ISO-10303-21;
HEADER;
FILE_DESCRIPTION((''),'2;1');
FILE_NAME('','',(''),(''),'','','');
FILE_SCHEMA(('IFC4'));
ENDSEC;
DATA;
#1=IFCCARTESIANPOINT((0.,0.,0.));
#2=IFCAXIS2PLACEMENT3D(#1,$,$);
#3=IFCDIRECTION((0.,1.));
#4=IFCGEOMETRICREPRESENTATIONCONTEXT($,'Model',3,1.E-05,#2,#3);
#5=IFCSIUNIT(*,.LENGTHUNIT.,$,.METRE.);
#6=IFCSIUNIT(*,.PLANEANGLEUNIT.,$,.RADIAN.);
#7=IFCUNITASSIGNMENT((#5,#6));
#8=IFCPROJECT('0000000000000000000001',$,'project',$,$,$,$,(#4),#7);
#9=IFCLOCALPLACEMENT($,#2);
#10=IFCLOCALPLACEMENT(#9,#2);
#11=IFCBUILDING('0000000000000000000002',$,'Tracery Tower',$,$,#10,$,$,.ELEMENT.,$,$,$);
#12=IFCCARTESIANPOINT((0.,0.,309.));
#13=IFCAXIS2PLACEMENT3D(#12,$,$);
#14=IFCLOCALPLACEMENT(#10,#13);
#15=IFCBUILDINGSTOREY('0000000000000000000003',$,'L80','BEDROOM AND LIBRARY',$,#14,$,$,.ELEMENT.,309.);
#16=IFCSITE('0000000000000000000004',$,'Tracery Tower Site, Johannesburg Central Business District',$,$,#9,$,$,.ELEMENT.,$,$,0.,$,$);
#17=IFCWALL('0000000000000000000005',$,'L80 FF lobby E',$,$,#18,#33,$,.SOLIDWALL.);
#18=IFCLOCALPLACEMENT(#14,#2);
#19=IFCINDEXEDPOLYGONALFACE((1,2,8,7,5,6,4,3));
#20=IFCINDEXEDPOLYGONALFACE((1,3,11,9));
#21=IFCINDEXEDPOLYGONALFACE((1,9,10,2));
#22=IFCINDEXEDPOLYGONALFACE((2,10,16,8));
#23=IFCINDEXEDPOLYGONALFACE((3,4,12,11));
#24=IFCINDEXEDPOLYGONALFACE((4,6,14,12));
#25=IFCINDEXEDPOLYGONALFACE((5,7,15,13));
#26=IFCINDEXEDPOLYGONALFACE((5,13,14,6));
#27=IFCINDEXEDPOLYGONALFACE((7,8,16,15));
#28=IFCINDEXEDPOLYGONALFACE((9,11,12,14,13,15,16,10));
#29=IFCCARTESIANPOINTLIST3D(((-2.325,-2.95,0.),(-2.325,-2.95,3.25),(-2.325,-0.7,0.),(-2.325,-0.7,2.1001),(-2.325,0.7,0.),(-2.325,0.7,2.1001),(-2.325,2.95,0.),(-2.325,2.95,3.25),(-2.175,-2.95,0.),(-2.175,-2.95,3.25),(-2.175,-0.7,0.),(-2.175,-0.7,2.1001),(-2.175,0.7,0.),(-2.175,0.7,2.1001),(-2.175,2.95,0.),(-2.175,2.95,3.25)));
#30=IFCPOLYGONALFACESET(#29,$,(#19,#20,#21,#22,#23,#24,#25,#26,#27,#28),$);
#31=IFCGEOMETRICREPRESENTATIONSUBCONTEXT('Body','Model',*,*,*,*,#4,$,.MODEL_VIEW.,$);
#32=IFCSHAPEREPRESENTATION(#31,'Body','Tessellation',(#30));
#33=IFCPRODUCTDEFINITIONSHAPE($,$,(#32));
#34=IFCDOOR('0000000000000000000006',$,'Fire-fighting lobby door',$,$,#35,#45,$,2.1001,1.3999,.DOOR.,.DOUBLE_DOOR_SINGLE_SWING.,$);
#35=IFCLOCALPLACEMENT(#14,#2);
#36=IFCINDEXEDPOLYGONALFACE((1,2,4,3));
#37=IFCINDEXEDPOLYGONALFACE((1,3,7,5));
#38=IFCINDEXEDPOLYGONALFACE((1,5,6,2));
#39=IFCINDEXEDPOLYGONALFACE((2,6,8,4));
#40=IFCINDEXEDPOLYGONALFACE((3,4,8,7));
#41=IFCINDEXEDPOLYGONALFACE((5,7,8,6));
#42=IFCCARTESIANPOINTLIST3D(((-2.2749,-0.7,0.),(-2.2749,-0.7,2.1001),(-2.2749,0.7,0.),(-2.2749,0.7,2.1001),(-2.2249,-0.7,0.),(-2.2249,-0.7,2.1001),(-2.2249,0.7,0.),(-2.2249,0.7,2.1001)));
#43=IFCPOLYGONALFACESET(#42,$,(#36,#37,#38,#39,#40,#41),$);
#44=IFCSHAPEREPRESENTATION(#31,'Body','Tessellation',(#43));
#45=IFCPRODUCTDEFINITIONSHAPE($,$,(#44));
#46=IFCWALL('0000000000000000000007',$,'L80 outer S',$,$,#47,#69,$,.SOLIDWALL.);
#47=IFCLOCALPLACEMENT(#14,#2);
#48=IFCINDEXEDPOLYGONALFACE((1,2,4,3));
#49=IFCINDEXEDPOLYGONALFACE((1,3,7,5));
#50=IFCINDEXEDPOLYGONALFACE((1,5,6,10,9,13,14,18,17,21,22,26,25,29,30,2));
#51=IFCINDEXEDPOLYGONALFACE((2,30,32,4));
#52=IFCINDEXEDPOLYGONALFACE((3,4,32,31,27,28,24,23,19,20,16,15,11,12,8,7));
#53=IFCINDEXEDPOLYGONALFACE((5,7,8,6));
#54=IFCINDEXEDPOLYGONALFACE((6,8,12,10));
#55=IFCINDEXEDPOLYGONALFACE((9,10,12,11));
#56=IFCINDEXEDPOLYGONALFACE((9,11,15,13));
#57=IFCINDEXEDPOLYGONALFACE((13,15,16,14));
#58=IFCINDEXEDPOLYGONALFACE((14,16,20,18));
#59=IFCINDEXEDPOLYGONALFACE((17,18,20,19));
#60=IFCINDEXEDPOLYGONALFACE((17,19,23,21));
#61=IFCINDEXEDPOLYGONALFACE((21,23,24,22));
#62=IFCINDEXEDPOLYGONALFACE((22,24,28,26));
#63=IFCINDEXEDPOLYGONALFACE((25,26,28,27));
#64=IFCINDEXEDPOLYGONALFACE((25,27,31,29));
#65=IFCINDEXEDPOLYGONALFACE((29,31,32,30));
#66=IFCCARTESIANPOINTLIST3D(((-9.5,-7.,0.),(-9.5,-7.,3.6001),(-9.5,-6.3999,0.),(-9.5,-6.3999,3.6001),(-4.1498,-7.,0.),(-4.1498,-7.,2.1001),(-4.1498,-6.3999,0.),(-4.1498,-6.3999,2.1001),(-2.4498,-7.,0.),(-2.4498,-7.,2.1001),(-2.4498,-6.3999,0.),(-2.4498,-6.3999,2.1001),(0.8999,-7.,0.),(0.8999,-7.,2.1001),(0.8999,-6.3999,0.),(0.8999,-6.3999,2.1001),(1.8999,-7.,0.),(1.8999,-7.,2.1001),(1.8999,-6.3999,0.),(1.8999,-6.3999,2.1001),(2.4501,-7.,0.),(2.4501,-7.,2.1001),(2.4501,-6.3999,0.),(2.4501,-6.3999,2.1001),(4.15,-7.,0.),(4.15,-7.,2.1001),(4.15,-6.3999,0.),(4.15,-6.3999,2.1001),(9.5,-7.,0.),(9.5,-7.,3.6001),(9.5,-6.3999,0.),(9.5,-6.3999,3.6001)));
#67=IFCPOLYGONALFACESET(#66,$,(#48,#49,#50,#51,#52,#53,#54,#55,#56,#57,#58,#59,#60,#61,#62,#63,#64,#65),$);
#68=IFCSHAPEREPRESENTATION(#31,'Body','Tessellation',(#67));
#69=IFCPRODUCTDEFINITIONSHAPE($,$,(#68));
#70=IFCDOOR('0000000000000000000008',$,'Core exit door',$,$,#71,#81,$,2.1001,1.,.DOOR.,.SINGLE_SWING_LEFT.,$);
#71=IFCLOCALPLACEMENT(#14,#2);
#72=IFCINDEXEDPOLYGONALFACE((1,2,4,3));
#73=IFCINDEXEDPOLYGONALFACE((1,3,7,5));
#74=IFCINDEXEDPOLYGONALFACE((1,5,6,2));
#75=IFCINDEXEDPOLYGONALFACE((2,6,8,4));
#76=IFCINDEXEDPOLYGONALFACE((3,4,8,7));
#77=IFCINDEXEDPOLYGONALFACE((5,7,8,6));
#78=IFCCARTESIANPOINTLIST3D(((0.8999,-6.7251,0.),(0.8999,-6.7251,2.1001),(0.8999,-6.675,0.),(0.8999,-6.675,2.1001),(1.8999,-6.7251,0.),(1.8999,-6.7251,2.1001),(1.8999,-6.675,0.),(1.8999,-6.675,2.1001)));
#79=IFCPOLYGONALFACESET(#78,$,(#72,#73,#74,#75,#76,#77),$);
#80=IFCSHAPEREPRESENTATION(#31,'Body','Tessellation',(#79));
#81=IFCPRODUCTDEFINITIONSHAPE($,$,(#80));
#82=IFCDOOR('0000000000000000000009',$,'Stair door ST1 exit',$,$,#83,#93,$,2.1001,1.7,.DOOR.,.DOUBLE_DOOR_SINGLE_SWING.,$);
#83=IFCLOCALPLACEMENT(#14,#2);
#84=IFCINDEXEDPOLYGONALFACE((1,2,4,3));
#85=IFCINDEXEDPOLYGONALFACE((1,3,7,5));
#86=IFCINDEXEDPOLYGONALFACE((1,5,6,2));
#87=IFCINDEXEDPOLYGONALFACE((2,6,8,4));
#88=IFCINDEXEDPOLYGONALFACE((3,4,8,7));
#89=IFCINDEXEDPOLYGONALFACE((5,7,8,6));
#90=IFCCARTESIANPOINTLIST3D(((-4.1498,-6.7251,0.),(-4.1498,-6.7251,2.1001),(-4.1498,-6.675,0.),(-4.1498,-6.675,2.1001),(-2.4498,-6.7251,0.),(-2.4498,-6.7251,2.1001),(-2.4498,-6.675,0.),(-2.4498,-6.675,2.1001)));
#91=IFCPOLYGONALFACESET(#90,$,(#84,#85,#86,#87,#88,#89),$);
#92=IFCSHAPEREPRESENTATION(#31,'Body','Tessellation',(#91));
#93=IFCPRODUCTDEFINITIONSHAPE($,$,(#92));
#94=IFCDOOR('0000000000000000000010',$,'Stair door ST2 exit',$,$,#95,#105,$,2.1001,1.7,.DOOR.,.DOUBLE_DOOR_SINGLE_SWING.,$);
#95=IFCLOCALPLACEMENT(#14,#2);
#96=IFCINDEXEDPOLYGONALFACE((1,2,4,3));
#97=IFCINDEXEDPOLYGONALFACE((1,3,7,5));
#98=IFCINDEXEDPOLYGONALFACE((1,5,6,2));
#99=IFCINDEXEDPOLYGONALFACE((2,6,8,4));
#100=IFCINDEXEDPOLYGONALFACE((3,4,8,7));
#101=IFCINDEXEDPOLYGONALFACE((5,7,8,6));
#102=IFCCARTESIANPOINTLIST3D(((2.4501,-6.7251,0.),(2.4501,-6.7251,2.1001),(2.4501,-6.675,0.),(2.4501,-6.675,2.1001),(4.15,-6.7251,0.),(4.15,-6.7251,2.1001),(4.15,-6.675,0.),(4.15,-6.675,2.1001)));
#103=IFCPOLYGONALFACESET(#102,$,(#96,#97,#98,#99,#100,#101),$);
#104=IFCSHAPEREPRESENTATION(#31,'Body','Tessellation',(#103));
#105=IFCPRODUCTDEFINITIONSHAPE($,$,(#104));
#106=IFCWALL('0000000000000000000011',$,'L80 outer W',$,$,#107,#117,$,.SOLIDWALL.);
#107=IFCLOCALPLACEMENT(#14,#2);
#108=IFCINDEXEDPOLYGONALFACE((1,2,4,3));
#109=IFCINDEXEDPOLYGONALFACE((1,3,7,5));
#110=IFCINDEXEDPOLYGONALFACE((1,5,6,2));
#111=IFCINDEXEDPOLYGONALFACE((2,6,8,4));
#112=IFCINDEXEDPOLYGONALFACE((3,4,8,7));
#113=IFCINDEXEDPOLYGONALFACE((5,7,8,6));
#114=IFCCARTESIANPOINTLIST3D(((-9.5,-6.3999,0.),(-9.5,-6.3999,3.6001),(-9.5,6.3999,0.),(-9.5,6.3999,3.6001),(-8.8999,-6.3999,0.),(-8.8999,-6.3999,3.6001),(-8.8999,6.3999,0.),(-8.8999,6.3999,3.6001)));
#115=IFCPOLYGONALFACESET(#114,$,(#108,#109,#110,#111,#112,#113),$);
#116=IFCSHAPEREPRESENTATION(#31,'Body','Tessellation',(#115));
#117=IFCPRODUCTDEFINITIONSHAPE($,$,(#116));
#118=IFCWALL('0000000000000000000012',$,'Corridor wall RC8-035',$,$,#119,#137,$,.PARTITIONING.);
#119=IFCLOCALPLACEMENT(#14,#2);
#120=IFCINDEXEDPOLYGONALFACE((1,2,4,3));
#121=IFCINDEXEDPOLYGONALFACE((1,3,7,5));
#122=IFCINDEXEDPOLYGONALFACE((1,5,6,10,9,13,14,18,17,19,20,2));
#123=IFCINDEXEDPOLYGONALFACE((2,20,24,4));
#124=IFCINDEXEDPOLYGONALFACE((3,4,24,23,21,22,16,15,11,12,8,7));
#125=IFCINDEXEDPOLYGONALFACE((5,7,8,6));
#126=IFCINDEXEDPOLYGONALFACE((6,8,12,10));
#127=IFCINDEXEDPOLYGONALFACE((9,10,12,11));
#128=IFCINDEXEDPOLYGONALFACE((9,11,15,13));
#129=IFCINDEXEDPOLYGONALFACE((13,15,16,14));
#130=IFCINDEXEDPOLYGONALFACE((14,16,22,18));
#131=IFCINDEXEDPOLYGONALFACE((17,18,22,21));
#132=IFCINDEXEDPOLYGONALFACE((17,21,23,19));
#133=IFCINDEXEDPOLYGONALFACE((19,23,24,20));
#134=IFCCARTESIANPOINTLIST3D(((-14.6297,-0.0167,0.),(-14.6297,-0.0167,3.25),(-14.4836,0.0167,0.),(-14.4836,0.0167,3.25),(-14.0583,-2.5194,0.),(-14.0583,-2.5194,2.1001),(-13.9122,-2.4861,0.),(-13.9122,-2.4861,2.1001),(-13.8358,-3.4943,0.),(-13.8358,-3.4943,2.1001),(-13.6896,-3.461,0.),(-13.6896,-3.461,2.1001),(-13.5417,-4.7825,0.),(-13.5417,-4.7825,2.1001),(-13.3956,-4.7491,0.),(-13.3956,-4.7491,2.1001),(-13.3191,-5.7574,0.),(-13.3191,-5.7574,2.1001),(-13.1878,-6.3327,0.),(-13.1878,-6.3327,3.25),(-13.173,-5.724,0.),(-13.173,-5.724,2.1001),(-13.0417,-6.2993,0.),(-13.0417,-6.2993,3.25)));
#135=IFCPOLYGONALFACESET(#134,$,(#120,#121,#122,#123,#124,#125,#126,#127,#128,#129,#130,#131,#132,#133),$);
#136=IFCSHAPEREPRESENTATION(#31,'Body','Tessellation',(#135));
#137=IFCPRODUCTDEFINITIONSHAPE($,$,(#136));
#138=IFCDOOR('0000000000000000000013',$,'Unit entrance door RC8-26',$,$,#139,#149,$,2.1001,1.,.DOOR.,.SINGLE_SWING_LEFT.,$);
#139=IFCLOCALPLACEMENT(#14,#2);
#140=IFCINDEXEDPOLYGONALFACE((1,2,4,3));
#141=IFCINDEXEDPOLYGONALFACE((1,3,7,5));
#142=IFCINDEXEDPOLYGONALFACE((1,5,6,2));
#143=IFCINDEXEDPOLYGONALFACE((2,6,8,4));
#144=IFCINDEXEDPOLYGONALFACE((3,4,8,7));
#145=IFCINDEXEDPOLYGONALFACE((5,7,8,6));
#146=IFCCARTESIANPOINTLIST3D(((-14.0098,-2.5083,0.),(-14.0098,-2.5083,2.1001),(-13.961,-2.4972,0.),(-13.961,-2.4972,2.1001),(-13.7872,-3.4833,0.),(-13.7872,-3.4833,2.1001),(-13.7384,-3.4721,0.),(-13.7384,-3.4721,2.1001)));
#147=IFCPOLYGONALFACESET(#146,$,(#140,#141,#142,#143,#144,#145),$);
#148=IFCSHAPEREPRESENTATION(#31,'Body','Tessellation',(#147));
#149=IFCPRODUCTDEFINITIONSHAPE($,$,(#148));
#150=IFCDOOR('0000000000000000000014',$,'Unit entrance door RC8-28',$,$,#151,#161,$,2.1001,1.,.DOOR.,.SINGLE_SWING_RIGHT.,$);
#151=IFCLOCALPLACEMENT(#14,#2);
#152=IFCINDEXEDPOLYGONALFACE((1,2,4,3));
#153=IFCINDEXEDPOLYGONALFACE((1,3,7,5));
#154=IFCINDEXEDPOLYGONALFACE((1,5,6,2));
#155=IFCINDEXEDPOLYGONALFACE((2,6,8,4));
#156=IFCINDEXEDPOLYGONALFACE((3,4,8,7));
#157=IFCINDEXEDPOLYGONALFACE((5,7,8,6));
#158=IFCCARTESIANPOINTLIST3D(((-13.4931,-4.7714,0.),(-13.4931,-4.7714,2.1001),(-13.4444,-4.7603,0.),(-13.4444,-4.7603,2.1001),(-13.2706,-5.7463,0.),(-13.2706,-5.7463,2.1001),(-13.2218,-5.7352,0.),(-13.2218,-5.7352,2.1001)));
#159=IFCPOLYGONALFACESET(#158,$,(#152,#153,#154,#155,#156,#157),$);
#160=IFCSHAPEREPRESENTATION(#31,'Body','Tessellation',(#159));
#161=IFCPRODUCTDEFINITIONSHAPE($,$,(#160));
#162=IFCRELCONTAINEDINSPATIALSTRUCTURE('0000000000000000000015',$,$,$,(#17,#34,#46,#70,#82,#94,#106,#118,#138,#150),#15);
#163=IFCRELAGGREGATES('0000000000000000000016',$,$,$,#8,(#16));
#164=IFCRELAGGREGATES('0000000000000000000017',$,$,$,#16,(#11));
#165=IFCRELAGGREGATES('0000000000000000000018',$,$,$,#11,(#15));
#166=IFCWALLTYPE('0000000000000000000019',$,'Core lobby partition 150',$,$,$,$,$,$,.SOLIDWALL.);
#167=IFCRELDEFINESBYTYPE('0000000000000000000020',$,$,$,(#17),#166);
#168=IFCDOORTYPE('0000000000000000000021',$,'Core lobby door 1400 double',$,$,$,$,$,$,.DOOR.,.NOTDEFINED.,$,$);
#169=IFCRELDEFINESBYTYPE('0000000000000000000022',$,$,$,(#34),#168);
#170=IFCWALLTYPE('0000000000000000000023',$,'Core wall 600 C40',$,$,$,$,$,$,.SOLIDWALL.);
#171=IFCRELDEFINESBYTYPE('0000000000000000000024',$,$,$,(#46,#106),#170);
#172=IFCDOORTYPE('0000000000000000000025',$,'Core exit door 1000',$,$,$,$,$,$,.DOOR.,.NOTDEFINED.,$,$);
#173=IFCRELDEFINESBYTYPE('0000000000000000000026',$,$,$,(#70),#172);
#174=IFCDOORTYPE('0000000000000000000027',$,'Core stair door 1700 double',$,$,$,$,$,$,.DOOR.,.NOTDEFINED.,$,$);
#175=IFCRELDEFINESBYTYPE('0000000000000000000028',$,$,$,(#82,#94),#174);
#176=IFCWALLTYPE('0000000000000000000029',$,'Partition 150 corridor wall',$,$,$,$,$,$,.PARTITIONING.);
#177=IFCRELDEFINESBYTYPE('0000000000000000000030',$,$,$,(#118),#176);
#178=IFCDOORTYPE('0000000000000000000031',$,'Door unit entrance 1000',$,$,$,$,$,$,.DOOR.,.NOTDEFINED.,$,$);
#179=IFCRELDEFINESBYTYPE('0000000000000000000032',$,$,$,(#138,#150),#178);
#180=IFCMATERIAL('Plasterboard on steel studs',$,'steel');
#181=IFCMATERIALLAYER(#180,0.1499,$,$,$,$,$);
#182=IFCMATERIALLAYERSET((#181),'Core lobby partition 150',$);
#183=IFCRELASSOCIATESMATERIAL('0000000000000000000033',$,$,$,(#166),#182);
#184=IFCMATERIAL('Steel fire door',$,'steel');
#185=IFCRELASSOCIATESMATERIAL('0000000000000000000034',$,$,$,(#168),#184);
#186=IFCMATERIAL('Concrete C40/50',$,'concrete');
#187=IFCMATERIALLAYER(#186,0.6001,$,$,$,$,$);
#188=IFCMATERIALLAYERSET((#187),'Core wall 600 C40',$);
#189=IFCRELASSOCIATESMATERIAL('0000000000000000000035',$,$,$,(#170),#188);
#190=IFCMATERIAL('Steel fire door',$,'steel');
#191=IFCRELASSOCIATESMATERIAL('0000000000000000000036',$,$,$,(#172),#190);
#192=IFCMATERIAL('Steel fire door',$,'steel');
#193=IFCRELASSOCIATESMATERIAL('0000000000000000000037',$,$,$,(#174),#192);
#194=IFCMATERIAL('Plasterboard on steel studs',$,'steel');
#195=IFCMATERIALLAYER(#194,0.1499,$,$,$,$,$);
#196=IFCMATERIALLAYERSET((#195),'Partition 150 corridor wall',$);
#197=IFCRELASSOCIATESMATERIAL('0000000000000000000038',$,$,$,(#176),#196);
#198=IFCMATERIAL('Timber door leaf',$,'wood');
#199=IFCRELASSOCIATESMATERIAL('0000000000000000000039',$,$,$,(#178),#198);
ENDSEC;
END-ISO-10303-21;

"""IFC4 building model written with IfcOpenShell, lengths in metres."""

from ifc_helpers import new_model, si_unit, direction, frame, frame_2d, origin, place, context, subcontext, project, spatial, rectangle, extrude, material, layer, layer_set, type_object, element, fill, save


model = new_model("IFC4")

# Units and contexts
model_context = context("Model", 3, precision=1e-05, world=origin(), true_north=direction((0.0, 1.0)))
body_context = subcontext(model_context, "Body", "Model", "MODEL_VIEW")
ifc_project = project(units=[si_unit("LENGTHUNIT", "METRE"), si_unit("PLANEANGLEUNIT", "RADIAN")], contexts=[model_context])

# Site, building, storey
site_placement = place(None, origin())
site = spatial("IfcSite", under=ifc_project, at=site_placement, Name="Tracery Tower Site, Johannesburg Central Business District", CompositionType="ELEMENT", RefElevation=0.0)
building_placement = place(site_placement, origin())
building = spatial("IfcBuilding", under=site, at=building_placement, Name="Tracery Tower", CompositionType="ELEMENT")
storey_placement = place(building_placement, frame((0.0, 0.0, 309.0)))
storey = spatial("IfcBuildingStorey", under=building, at=storey_placement, Name="L80", Description="BEDROOM AND LIBRARY", CompositionType="ELEMENT", Elevation=309.0)

# Wall, opening, door
ifc_material_1 = material(Name="Plasterboard on steel studs", Category="steel")
ifc_layer_1 = layer(ifc_material_1, 0.1499)
ifc_layer_set_1 = layer_set([ifc_layer_1], Name="Core lobby partition 150")
wall_type_1 = type_object("IfcWallType", Name="Core lobby partition 150", PredefinedType="SOLIDWALL", material=ifc_layer_set_1)
wall_1_placement = place(storey_placement, frame((-2.25, -2.95, 0.0), z_axis=(0.0, 0.0, 1.0), x_axis=(0.0, 1.0, 0.0)))
wall_1 = element("IfcWall", 1, at=wall_1_placement, inside=storey, type_object=wall_type_1, Name="L80 FF lobby E", PredefinedType="SOLIDWALL", context=body_context, shape_type="SweptSolid", body=[
    extrude(rectangle(XDim=5.8999, YDim=0.1499, at=frame_2d((2.95, 0.0))), origin(), (0.0, 0.0, 1.0), 3.25),
])
opening_1_placement = place(wall_1_placement, frame((2.25, 0.0, 0.0)))
opening_1 = element("IfcOpeningElement", 2, at=opening_1_placement, cuts=wall_1, PredefinedType="OPENING", context=body_context, shape_type="SweptSolid", body=[
    extrude(rectangle(XDim=1.3999, YDim=2.1001, at=frame_2d((0.7, 1.05))), frame((0.0, 0.075, 0.0), z_axis=(0.0, -1.0, 0.0), x_axis=(1.0, 0.0, 0.0)), (0.0, 0.0, 1.0), 0.1499),
])
ifc_material_2 = material(Name="Steel fire door", Category="steel")
door_type_1 = type_object("IfcDoorType", Name="Core lobby door 1400 double", OperationType="NOTDEFINED", PredefinedType="DOOR", material=ifc_material_2)
door_1_placement = place(opening_1_placement, origin())
door_1 = element("IfcDoor", 3, at=door_1_placement, inside=storey, type_object=door_type_1, Name="Fire-fighting lobby door", OperationType="DOUBLE_DOOR_SINGLE_SWING", OverallHeight=2.1001, OverallWidth=1.3999, PredefinedType="DOOR", context=body_context, shape_type="SweptSolid", body=[
    extrude(rectangle(XDim=1.3999, YDim=2.1001, at=frame_2d((0.7, 1.05))), frame((0.0, 0.0249, 0.0), z_axis=(0.0, -1.0, 0.0), x_axis=(1.0, 0.0, 0.0)), (0.0, 0.0, 1.0), 0.05),
])
fill(opening_1, door_1)

# Wall, openings, doors
ifc_material_3 = material(Name="Concrete C40/50", Category="concrete")
ifc_layer_2 = layer(ifc_material_3, 0.6001)
ifc_layer_set_2 = layer_set([ifc_layer_2], Name="Core wall 600 C40")
wall_type_2 = type_object("IfcWallType", Name="Core wall 600 C40", PredefinedType="SOLIDWALL", material=ifc_layer_set_2)
wall_2_placement = place(storey_placement, frame((-9.5, -6.7, 0.0), z_axis=(0.0, 0.0, 1.0), x_axis=(1.0, 0.0, 0.0)))
wall_2 = element("IfcWall", 4, at=wall_2_placement, inside=storey, type_object=wall_type_2, Name="L80 outer S", PredefinedType="SOLIDWALL", context=body_context, shape_type="SweptSolid", body=[
    extrude(rectangle(XDim=19.0, YDim=0.6001, at=frame_2d((9.5, 0.0))), origin(), (0.0, 0.0, 1.0), 3.6001),
])
opening_2_placement = place(wall_2_placement, frame((10.3999, 0.0, 0.0)))
opening_2 = element("IfcOpeningElement", 5, at=opening_2_placement, cuts=wall_2, PredefinedType="OPENING", context=body_context, shape_type="SweptSolid", body=[
    extrude(rectangle(XDim=1.0, YDim=2.1001, at=frame_2d((0.5, 1.05))), frame((0.0, 0.3, 0.0), z_axis=(0.0, -1.0, 0.0), x_axis=(1.0, 0.0, 0.0)), (0.0, 0.0, 1.0), 0.6001),
])
opening_3_placement = place(wall_2_placement, frame((5.3501, 0.0, 0.0)))
opening_3 = element("IfcOpeningElement", 6, at=opening_3_placement, cuts=wall_2, PredefinedType="OPENING", context=body_context, shape_type="SweptSolid", body=[
    extrude(rectangle(XDim=1.7, YDim=2.1001, at=frame_2d((0.8501, 1.05))), frame((0.0, 0.3, 0.0), z_axis=(0.0, -1.0, 0.0), x_axis=(1.0, 0.0, 0.0)), (0.0, 0.0, 1.0), 0.6001),
])
opening_4_placement = place(wall_2_placement, frame((11.95, 0.0, 0.0)))
opening_4 = element("IfcOpeningElement", 7, at=opening_4_placement, cuts=wall_2, PredefinedType="OPENING", context=body_context, shape_type="SweptSolid", body=[
    extrude(rectangle(XDim=1.7, YDim=2.1001, at=frame_2d((0.8501, 1.05))), frame((0.0, 0.3, 0.0), z_axis=(0.0, -1.0, 0.0), x_axis=(1.0, 0.0, 0.0)), (0.0, 0.0, 1.0), 0.6001),
])
ifc_material_4 = material(Name="Steel fire door", Category="steel")
door_type_2 = type_object("IfcDoorType", Name="Core exit door 1000", OperationType="NOTDEFINED", PredefinedType="DOOR", material=ifc_material_4)
door_2_placement = place(opening_2_placement, origin())
door_2 = element("IfcDoor", 8, at=door_2_placement, inside=storey, type_object=door_type_2, Name="Core exit door", OperationType="SINGLE_SWING_LEFT", OverallHeight=2.1001, OverallWidth=1.0, PredefinedType="DOOR", context=body_context, shape_type="SweptSolid", body=[
    extrude(rectangle(XDim=1.0, YDim=2.1001, at=frame_2d((0.5, 1.05))), frame((0.0, 0.0249, 0.0), z_axis=(0.0, -1.0, 0.0), x_axis=(1.0, 0.0, 0.0)), (0.0, 0.0, 1.0), 0.05),
])
fill(opening_2, door_2)
ifc_material_5 = material(Name="Steel fire door", Category="steel")
door_type_3 = type_object("IfcDoorType", Name="Core stair door 1700 double", OperationType="NOTDEFINED", PredefinedType="DOOR", material=ifc_material_5)
door_3_placement = place(opening_3_placement, origin())
door_3 = element("IfcDoor", 9, at=door_3_placement, inside=storey, type_object=door_type_3, Name="Stair door ST1 exit", OperationType="DOUBLE_DOOR_SINGLE_SWING", OverallHeight=2.1001, OverallWidth=1.7, PredefinedType="DOOR", context=body_context, shape_type="SweptSolid", body=[
    extrude(rectangle(XDim=1.7, YDim=2.1001, at=frame_2d((0.8501, 1.05))), frame((0.0, 0.0249, 0.0), z_axis=(0.0, -1.0, 0.0), x_axis=(1.0, 0.0, 0.0)), (0.0, 0.0, 1.0), 0.05),
])
fill(opening_3, door_3)
door_4_placement = place(opening_4_placement, origin())
door_4 = element("IfcDoor", 10, at=door_4_placement, inside=storey, type_object=door_type_3, Name="Stair door ST2 exit", OperationType="DOUBLE_DOOR_SINGLE_SWING", OverallHeight=2.1001, OverallWidth=1.7, PredefinedType="DOOR", context=body_context, shape_type="SweptSolid", body=[
    extrude(rectangle(XDim=1.7, YDim=2.1001, at=frame_2d((0.8501, 1.05))), frame((0.0, 0.0249, 0.0), z_axis=(0.0, -1.0, 0.0), x_axis=(1.0, 0.0, 0.0)), (0.0, 0.0, 1.0), 0.05),
])
fill(opening_4, door_4)

# Wall
wall_3_placement = place(storey_placement, frame((-9.2, -6.3999, 0.0), z_axis=(0.0, 0.0, 1.0), x_axis=(0.0, 1.0, 0.0)))
element("IfcWall", 11, at=wall_3_placement, inside=storey, type_object=wall_type_2, Name="L80 outer W", PredefinedType="SOLIDWALL", context=body_context, shape_type="SweptSolid", body=[
    extrude(rectangle(XDim=12.7998, YDim=0.6001, at=frame_2d((6.3999, 0.0))), origin(), (0.0, 0.0, 1.0), 3.6001),
])

# Wall, openings, doors
ifc_material_6 = material(Name="Plasterboard on steel studs", Category="steel")
ifc_layer_3 = layer(ifc_material_6, 0.1499)
ifc_layer_set_3 = layer_set([ifc_layer_3], Name="Partition 150 corridor wall")
wall_type_3 = type_object("IfcWallType", Name="Partition 150 corridor wall", PredefinedType="PARTITIONING", material=ifc_layer_set_3)
wall_4_placement = place(storey_placement, frame((-14.5566, 0.0, 0.0), z_axis=(0.0, 0.0, 1.0), x_axis=(0.222569, -0.974917, 0.0)))
wall_4 = element("IfcWall", 12, at=wall_4_placement, inside=storey, type_object=wall_type_3, Name="Corridor wall RC8-035", PredefinedType="PARTITIONING", context=body_context, shape_type="SweptSolid", body=[
    extrude(rectangle(XDim=6.4785, YDim=0.1499, at=frame_2d((3.2393, 0.0))), origin(), (0.0, 0.0, 1.0), 3.25),
])
opening_5_placement = place(wall_4_placement, frame((2.5671, 0.0, 0.0)))
opening_5 = element("IfcOpeningElement", 13, at=opening_5_placement, cuts=wall_4, PredefinedType="OPENING", context=body_context, shape_type="SweptSolid", body=[
    extrude(rectangle(XDim=1.0, YDim=2.1001, at=frame_2d((0.5, 1.05))), frame((0.0, 0.075, 0.0), z_axis=(0.0, -1.0, 0.0), x_axis=(1.0, 0.0, 0.0)), (0.0, 0.0, 1.0), 0.1499),
])
opening_6_placement = place(wall_4_placement, frame((4.8884, 0.0, 0.0)))
opening_6 = element("IfcOpeningElement", 14, at=opening_6_placement, cuts=wall_4, PredefinedType="OPENING", context=body_context, shape_type="SweptSolid", body=[
    extrude(rectangle(XDim=1.0, YDim=2.1001, at=frame_2d((0.5, 1.05))), frame((0.0, 0.075, 0.0), z_axis=(0.0, -1.0, 0.0), x_axis=(1.0, 0.0, 0.0)), (0.0, 0.0, 1.0), 0.1499),
])
ifc_material_7 = material(Name="Timber door leaf", Category="wood")
door_type_4 = type_object("IfcDoorType", Name="Door unit entrance 1000", OperationType="NOTDEFINED", PredefinedType="DOOR", material=ifc_material_7)
door_5_placement = place(opening_5_placement, origin())
door_5 = element("IfcDoor", 15, at=door_5_placement, inside=storey, type_object=door_type_4, Name="Unit entrance door RC8-26", OperationType="SINGLE_SWING_LEFT", OverallHeight=2.1001, OverallWidth=1.0, PredefinedType="DOOR", context=body_context, shape_type="SweptSolid", body=[
    extrude(rectangle(XDim=1.0, YDim=2.1001, at=frame_2d((0.5, 1.05))), frame((0.0, 0.0249, 0.0), z_axis=(0.0, -1.0, 0.0), x_axis=(1.0, 0.0, 0.0)), (0.0, 0.0, 1.0), 0.05),
])
fill(opening_5, door_5)
door_6_placement = place(opening_6_placement, origin())
door_6 = element("IfcDoor", 16, at=door_6_placement, inside=storey, type_object=door_type_4, Name="Unit entrance door RC8-28", OperationType="SINGLE_SWING_RIGHT", OverallHeight=2.1001, OverallWidth=1.0, PredefinedType="DOOR", context=body_context, shape_type="SweptSolid", body=[
    extrude(rectangle(XDim=1.0, YDim=2.1001, at=frame_2d((0.5, 1.05))), frame((0.0, 0.0249, 0.0), z_axis=(0.0, -1.0, 0.0), x_axis=(1.0, 0.0, 0.0)), (0.0, 0.0, 1.0), 0.05),
])
fill(opening_6, door_6)

save(model, "model.ifc")
